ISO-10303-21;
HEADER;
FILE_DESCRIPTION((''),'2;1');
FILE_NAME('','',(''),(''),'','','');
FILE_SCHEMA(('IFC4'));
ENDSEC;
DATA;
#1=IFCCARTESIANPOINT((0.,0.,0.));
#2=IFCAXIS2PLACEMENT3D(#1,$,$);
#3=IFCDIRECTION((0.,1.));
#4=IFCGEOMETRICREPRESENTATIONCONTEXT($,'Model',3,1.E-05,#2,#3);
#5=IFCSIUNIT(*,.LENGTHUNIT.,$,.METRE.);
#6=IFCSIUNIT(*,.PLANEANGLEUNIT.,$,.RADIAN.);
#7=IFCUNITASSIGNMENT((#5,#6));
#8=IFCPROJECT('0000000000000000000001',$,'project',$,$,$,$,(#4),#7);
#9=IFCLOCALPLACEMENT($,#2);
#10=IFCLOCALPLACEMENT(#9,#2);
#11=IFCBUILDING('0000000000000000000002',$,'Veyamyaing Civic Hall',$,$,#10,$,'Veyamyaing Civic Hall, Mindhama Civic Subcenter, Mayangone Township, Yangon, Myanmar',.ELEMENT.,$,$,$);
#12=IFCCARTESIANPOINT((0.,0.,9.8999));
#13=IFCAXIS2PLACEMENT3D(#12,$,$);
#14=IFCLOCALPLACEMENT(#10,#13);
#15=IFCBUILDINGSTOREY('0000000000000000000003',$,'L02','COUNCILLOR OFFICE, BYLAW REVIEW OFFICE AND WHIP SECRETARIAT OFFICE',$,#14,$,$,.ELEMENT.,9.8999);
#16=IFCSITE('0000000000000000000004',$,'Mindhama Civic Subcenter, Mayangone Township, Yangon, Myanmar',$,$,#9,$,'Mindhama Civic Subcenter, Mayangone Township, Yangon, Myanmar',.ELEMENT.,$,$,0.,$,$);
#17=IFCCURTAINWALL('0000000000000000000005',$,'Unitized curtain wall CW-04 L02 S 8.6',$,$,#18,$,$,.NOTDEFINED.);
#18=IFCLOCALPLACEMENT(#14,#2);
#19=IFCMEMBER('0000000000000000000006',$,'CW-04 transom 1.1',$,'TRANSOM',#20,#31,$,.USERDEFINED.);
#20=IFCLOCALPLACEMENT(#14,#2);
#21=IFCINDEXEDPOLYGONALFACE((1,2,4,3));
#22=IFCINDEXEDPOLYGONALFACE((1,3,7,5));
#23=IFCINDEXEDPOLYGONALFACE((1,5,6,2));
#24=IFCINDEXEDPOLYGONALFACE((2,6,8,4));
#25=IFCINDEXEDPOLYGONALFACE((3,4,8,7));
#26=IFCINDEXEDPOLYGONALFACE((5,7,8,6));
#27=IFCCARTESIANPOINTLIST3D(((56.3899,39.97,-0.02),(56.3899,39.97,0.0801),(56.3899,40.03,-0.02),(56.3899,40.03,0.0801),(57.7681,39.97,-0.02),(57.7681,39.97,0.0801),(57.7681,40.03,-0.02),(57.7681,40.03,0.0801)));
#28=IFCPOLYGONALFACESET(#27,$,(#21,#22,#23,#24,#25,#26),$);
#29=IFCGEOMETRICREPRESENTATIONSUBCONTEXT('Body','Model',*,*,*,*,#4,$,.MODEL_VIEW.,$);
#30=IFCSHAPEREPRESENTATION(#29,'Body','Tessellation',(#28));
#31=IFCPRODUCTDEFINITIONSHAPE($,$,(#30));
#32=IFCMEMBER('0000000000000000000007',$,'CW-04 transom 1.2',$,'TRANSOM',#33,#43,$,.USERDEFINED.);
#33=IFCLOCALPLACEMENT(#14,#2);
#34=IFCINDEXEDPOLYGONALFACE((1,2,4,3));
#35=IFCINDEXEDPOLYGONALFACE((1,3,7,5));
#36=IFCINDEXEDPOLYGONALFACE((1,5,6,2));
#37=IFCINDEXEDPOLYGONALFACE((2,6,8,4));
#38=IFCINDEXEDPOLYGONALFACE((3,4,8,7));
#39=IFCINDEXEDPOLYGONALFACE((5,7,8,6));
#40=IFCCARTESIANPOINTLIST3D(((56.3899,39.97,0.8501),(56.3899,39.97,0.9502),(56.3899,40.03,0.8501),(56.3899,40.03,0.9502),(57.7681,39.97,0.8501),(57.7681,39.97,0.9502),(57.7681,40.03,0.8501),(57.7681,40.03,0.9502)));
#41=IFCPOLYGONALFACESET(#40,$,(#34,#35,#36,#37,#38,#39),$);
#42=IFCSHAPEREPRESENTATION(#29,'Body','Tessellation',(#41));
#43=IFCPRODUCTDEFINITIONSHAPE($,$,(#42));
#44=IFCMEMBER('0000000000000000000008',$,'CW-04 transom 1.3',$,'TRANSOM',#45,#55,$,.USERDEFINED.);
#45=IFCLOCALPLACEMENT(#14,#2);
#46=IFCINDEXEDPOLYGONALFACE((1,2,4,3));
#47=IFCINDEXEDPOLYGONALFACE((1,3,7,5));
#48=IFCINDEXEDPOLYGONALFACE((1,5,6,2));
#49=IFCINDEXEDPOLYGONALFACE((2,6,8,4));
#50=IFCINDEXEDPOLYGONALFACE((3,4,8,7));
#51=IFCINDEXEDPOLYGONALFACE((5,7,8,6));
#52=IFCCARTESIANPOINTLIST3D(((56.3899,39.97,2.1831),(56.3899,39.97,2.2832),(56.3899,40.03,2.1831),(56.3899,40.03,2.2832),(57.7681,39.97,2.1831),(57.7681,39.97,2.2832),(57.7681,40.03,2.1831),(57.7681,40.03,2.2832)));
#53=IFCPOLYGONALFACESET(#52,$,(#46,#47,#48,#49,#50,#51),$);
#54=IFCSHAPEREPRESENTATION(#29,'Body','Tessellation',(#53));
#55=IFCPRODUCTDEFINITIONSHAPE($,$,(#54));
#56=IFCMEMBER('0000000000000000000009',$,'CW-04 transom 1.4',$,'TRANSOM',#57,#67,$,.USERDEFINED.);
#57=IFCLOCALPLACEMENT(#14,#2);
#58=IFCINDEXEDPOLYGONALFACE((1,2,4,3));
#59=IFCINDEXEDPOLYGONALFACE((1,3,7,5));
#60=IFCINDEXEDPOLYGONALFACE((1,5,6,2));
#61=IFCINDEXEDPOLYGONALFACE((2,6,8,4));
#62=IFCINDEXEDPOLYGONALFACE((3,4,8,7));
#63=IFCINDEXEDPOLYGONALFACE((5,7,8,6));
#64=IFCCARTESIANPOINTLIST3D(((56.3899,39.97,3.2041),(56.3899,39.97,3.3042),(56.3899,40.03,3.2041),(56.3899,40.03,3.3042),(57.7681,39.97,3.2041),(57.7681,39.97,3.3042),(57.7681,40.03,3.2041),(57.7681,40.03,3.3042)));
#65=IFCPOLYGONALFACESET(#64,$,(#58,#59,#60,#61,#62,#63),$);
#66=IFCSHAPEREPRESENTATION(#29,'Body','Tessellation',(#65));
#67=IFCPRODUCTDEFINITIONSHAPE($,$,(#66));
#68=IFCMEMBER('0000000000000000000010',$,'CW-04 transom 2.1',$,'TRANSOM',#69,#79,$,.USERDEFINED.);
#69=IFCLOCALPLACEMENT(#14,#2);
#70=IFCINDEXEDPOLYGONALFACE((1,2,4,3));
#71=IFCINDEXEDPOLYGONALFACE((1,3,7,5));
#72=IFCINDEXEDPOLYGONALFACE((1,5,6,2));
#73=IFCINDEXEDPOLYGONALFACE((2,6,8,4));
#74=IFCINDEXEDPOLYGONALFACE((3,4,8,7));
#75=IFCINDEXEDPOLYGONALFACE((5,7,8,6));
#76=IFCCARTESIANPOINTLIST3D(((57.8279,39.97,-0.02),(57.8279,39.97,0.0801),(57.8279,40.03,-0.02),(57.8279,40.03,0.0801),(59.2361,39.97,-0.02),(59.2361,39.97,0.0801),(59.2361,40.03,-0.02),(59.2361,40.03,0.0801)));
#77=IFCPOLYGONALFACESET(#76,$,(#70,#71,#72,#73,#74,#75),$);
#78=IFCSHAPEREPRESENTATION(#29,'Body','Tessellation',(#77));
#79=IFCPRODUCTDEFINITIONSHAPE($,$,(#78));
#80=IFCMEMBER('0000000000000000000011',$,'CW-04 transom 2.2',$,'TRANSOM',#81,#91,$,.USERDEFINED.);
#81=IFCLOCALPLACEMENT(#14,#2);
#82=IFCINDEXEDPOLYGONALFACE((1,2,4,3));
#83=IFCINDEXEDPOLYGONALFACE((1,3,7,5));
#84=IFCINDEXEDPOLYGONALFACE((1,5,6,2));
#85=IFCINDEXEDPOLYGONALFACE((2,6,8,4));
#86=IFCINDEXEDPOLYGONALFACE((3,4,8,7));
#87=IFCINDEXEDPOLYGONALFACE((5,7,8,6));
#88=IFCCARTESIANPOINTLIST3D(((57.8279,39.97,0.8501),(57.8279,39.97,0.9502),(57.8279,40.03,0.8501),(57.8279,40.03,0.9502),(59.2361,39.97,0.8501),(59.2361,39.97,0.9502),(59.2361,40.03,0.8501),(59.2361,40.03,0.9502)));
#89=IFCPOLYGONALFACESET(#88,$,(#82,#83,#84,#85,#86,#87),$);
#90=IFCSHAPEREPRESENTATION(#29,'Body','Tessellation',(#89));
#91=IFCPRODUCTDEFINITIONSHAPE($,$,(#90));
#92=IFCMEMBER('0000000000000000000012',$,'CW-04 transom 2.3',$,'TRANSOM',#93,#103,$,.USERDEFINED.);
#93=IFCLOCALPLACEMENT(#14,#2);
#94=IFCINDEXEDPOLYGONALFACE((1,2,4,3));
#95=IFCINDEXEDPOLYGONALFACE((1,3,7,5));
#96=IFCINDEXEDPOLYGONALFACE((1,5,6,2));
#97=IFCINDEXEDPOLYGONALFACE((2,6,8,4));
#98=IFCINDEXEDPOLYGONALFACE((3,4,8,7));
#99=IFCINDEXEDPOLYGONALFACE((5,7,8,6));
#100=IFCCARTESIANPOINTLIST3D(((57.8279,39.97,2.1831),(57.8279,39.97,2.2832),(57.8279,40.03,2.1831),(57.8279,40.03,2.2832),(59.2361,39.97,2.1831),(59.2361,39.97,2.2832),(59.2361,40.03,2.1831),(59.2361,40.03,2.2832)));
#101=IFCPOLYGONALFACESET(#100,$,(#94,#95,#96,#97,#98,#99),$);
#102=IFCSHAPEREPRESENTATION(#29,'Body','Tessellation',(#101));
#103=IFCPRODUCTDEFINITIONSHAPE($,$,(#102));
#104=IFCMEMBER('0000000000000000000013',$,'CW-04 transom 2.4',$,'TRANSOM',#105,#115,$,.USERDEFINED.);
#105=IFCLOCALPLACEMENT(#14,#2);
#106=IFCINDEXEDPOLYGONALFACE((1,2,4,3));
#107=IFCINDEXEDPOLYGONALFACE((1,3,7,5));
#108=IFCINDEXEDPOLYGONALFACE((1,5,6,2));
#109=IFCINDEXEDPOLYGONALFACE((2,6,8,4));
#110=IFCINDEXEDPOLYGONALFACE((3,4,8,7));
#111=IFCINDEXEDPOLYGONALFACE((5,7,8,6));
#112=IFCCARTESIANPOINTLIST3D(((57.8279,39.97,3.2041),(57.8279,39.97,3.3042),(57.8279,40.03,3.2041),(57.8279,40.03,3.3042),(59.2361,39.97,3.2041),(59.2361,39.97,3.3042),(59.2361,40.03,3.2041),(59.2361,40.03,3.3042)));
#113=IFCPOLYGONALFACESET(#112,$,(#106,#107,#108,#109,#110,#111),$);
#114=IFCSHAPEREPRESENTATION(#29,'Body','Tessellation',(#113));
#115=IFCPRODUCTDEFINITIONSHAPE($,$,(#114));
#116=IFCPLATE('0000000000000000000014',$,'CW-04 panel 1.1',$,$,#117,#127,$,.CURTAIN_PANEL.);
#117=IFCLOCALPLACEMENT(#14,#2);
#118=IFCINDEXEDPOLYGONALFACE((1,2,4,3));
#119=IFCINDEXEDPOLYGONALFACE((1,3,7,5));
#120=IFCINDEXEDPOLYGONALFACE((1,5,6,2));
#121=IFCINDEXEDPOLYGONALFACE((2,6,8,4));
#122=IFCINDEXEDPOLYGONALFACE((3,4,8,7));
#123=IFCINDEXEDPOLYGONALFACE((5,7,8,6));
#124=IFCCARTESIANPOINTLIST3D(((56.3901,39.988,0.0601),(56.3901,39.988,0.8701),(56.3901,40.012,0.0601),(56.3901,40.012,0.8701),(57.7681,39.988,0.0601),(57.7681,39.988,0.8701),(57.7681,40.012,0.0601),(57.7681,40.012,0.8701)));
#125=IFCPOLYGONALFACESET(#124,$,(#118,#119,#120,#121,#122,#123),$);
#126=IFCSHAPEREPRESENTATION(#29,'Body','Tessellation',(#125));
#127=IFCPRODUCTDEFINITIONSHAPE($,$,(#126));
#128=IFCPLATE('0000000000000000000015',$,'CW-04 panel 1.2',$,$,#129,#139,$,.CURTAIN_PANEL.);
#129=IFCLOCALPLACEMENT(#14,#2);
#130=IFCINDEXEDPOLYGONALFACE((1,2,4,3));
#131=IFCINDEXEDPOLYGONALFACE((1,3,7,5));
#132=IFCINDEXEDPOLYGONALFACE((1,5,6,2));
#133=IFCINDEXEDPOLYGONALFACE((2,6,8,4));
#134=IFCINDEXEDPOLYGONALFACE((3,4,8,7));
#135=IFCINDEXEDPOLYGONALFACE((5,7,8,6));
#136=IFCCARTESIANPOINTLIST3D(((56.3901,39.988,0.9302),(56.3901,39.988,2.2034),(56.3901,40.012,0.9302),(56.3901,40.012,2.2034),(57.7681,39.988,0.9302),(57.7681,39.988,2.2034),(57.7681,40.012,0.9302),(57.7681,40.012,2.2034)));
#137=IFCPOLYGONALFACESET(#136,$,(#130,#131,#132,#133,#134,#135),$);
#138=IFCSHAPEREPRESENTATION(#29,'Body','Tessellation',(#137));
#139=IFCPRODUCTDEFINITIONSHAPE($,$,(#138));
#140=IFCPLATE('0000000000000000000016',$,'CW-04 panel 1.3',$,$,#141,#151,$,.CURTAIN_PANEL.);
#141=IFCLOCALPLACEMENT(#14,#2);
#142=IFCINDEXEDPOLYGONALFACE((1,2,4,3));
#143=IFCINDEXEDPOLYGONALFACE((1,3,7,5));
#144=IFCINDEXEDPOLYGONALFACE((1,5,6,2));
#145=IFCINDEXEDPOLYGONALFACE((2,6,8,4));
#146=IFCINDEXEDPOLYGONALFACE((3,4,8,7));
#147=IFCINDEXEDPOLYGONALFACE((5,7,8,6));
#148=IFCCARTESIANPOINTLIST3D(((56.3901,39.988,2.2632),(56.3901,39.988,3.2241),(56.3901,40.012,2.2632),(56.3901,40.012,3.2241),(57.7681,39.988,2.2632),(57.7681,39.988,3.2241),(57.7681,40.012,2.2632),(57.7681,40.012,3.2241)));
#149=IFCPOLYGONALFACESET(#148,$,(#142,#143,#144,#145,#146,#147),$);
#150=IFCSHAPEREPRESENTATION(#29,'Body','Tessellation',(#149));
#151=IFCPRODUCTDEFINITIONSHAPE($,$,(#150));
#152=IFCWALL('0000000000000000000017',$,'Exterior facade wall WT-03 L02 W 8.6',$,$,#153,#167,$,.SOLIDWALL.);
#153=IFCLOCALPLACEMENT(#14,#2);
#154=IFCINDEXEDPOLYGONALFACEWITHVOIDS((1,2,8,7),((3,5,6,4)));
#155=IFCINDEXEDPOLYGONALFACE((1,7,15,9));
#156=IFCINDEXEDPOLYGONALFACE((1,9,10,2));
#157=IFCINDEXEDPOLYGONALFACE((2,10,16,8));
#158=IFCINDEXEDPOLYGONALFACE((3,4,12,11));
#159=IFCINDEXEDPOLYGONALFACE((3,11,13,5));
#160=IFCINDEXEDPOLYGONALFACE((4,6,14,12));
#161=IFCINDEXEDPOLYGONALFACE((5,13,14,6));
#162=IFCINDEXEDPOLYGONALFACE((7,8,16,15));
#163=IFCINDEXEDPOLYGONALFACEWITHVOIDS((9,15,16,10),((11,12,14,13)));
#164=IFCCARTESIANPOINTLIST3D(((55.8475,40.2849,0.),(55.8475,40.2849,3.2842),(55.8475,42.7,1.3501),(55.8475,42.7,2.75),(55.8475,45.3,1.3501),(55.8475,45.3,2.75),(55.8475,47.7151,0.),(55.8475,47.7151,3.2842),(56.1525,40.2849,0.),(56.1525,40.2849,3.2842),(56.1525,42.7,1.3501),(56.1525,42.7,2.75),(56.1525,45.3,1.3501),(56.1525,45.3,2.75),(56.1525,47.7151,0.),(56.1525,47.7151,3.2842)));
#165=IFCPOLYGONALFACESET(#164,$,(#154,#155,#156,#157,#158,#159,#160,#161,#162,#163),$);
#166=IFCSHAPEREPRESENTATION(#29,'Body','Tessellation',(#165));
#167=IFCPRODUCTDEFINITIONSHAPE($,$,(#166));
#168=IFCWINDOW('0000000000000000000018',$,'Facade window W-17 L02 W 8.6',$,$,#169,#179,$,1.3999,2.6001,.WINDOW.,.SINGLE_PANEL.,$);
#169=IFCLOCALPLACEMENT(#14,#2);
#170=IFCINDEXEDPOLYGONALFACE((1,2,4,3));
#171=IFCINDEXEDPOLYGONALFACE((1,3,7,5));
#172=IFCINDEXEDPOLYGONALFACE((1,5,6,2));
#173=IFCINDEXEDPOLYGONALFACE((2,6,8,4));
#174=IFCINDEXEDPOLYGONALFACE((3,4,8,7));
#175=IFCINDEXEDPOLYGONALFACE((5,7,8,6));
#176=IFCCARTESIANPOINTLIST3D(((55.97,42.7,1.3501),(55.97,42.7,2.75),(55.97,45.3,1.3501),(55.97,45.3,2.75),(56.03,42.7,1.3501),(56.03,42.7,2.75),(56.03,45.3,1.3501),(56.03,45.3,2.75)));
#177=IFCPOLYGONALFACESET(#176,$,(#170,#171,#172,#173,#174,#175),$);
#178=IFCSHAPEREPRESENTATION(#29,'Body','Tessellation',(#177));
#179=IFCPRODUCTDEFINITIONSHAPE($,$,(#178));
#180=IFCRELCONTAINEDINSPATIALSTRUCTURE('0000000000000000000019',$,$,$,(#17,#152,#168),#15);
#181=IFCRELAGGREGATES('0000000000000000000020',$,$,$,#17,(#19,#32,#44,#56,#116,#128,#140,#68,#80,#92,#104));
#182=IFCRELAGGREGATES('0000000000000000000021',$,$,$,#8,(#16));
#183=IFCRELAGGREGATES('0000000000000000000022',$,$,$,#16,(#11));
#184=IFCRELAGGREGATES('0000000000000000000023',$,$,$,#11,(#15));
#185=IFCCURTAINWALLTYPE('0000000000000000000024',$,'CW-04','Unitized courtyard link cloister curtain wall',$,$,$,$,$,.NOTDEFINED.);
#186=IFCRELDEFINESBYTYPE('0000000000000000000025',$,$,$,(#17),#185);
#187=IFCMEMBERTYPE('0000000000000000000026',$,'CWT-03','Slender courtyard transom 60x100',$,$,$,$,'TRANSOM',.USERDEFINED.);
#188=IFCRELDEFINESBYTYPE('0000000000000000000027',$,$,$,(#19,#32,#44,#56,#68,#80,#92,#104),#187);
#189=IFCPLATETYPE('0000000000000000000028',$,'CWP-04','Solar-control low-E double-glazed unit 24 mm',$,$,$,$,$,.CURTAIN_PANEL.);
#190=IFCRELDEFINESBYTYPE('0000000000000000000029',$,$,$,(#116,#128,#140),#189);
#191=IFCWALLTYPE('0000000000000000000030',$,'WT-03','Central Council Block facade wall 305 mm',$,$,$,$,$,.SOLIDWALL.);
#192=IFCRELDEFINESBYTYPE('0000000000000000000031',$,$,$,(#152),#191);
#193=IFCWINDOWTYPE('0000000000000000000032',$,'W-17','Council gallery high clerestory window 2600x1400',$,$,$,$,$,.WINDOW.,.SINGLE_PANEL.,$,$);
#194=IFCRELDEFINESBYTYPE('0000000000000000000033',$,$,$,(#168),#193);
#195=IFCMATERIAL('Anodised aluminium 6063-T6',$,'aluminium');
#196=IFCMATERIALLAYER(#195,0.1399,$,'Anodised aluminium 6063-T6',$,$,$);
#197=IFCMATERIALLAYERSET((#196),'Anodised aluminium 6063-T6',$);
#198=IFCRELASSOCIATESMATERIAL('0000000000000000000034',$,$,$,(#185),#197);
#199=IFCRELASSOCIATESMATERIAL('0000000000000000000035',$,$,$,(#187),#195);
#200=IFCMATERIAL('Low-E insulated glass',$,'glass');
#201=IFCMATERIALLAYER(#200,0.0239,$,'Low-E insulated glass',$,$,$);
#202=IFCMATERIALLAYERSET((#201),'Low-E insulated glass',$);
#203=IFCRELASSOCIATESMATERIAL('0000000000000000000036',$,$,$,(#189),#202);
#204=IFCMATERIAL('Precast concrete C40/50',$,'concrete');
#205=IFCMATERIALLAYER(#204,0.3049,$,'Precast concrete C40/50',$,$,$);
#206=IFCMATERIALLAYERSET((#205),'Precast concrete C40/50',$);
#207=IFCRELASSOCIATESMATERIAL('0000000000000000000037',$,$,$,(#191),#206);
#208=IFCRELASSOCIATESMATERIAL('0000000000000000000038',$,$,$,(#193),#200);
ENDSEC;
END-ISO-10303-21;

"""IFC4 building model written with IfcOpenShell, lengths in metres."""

from ifc_helpers import new_model, si_unit, direction, frame, frame_2d, origin, origin_2d, place, context, subcontext, project, spatial, rectangle, extrude, material, layer, layer_set, material_profile, profile_set, type_object, element, fill, aggregate, save


model = new_model("IFC4")

# Units and contexts
model_context = context("Model", 3, precision=1e-05, world=origin(), true_north=direction((0.0, 1.0)))
body_context = subcontext(model_context, "Body", "Model", "MODEL_VIEW")
ifc_project = project(units=[si_unit("LENGTHUNIT", "METRE"), si_unit("PLANEANGLEUNIT", "RADIAN")], contexts=[model_context])

# Site, building, storey
site_placement = place(None, origin())
site = spatial("IfcSite", under=ifc_project, at=site_placement, Name="Mindhama Civic Subcenter, Mayangone Township, Yangon, Myanmar", LongName="Mindhama Civic Subcenter, Mayangone Township, Yangon, Myanmar", CompositionType="ELEMENT", RefElevation=0.0)
building_placement = place(site_placement, origin())
building = spatial("IfcBuilding", under=site, at=building_placement, Name="Veyamyaing Civic Hall", LongName="Veyamyaing Civic Hall, Mindhama Civic Subcenter, Mayangone Township, Yangon, Myanmar", CompositionType="ELEMENT")
storey_placement = place(building_placement, frame((0.0, 0.0, 9.8999)))
storey = spatial("IfcBuildingStorey", under=building, at=storey_placement, Name="L02", Description="COUNCILLOR OFFICE, BYLAW REVIEW OFFICE AND WHIP SECRETARIAT OFFICE", CompositionType="ELEMENT", Elevation=9.8999)

# Curtain wall, members, plates
ifc_material_1 = material(Name="Anodised aluminium 6063-T6", Category="aluminium")
ifc_layer_1 = layer(ifc_material_1, 0.1399, Name="Anodised aluminium 6063-T6")
ifc_layer_set_1 = layer_set([ifc_layer_1], Name="Anodised aluminium 6063-T6")
curtain_wall_type = type_object("IfcCurtainWallType", Name="CW-04", Description="Unitized courtyard link cloister curtain wall", PredefinedType="NOTDEFINED", material=ifc_layer_set_1)
curtain_wall_placement = place(storey_placement, origin())
curtain_wall = element("IfcCurtainWall", 1, at=curtain_wall_placement, inside=storey, type_object=curtain_wall_type, Name="Unitized curtain wall CW-04 L02 S 8.6", PredefinedType="NOTDEFINED")
ifc_material_profile_1 = material_profile(ifc_material_1, rectangle(XDim=0.0601, YDim=0.1001, at=origin_2d()), Name="ALU-TRN-60X100")
ifc_profile_set_1 = profile_set([ifc_material_profile_1], Name="Anodised aluminium 6063-T6")
member_type_1 = type_object("IfcMemberType", Name="CWT-03", Description="Slender courtyard transom 60x100", ElementType="TRANSOM", PredefinedType="USERDEFINED", material=ifc_profile_set_1)
member_1_placement = place(storey_placement, frame((56.3899, 40.0, 0.03), z_axis=(1.0, 0.0, 0.0), x_axis=(0.0, 1.0, 0.0)))
member_1 = element("IfcMember", 2, at=member_1_placement, type_object=member_type_1, Name="CW-04 transom 1.1", ObjectType="TRANSOM", PredefinedType="USERDEFINED", context=body_context, shape_type="SweptSolid", body=[
    extrude(rectangle(XDim=0.0601, YDim=0.1001, at=origin_2d()), origin(), (0.0, 0.0, 1.0), 1.3782),
])
member_2_placement = place(storey_placement, frame((56.3899, 40.0, 0.9001), z_axis=(1.0, 0.0, 0.0), x_axis=(0.0, 1.0, 0.0)))
member_2 = element("IfcMember", 3, at=member_2_placement, type_object=member_type_1, Name="CW-04 transom 1.2", ObjectType="TRANSOM", PredefinedType="USERDEFINED", context=body_context, shape_type="SweptSolid", body=[
    extrude(rectangle(XDim=0.0601, YDim=0.1001, at=origin_2d()), origin(), (0.0, 0.0, 1.0), 1.3782),
])
member_3_placement = place(storey_placement, frame((56.3899, 40.0, 2.2332), z_axis=(1.0, 0.0, 0.0), x_axis=(0.0, 1.0, 0.0)))
member_3 = element("IfcMember", 4, at=member_3_placement, type_object=member_type_1, Name="CW-04 transom 1.3", ObjectType="TRANSOM", PredefinedType="USERDEFINED", context=body_context, shape_type="SweptSolid", body=[
    extrude(rectangle(XDim=0.0601, YDim=0.1001, at=origin_2d()), origin(), (0.0, 0.0, 1.0), 1.3782),
])
member_4_placement = place(storey_placement, frame((56.3899, 40.0, 3.2542), z_axis=(1.0, 0.0, 0.0), x_axis=(0.0, 1.0, 0.0)))
member_4 = element("IfcMember", 5, at=member_4_placement, type_object=member_type_1, Name="CW-04 transom 1.4", ObjectType="TRANSOM", PredefinedType="USERDEFINED", context=body_context, shape_type="SweptSolid", body=[
    extrude(rectangle(XDim=0.0601, YDim=0.1001, at=origin_2d()), origin(), (0.0, 0.0, 1.0), 1.3782),
])
member_5_placement = place(storey_placement, frame((57.8279, 40.0, 0.03), z_axis=(1.0, 0.0, 0.0), x_axis=(0.0, 1.0, 0.0)))
member_5 = element("IfcMember", 6, at=member_5_placement, type_object=member_type_1, Name="CW-04 transom 2.1", ObjectType="TRANSOM", PredefinedType="USERDEFINED", context=body_context, shape_type="SweptSolid", body=[
    extrude(rectangle(XDim=0.0601, YDim=0.1001, at=origin_2d()), origin(), (0.0, 0.0, 1.0), 1.4082),
])
member_6_placement = place(storey_placement, frame((57.8279, 40.0, 0.9001), z_axis=(1.0, 0.0, 0.0), x_axis=(0.0, 1.0, 0.0)))
member_6 = element("IfcMember", 7, at=member_6_placement, type_object=member_type_1, Name="CW-04 transom 2.2", ObjectType="TRANSOM", PredefinedType="USERDEFINED", context=body_context, shape_type="SweptSolid", body=[
    extrude(rectangle(XDim=0.0601, YDim=0.1001, at=origin_2d()), origin(), (0.0, 0.0, 1.0), 1.4082),
])
member_7_placement = place(storey_placement, frame((57.8279, 40.0, 2.2332), z_axis=(1.0, 0.0, 0.0), x_axis=(0.0, 1.0, 0.0)))
member_7 = element("IfcMember", 8, at=member_7_placement, type_object=member_type_1, Name="CW-04 transom 2.3", ObjectType="TRANSOM", PredefinedType="USERDEFINED", context=body_context, shape_type="SweptSolid", body=[
    extrude(rectangle(XDim=0.0601, YDim=0.1001, at=origin_2d()), origin(), (0.0, 0.0, 1.0), 1.4082),
])
member_8_placement = place(storey_placement, frame((57.8279, 40.0, 3.2542), z_axis=(1.0, 0.0, 0.0), x_axis=(0.0, 1.0, 0.0)))
member_8 = element("IfcMember", 9, at=member_8_placement, type_object=member_type_1, Name="CW-04 transom 2.4", ObjectType="TRANSOM", PredefinedType="USERDEFINED", context=body_context, shape_type="SweptSolid", body=[
    extrude(rectangle(XDim=0.0601, YDim=0.1001, at=origin_2d()), origin(), (0.0, 0.0, 1.0), 1.4082),
])
ifc_material_2 = material(Name="Low-E insulated glass", Category="glass")
ifc_layer_2 = layer(ifc_material_2, 0.0239, Name="Low-E insulated glass")
ifc_layer_set_2 = layer_set([ifc_layer_2], Name="Low-E insulated glass")
plate_type = type_object("IfcPlateType", Name="CWP-04", Description="Solar-control low-E double-glazed unit 24 mm", PredefinedType="CURTAIN_PANEL", material=ifc_layer_set_2)
plate_1_placement = place(storey_placement, frame((57.0791, 40.0, 0.0601), z_axis=(0.0, 0.0, 1.0), x_axis=(1.0, 0.0, 0.0)))
plate_1 = element("IfcPlate", 10, at=plate_1_placement, type_object=plate_type, Name="CW-04 panel 1.1", PredefinedType="CURTAIN_PANEL", context=body_context, shape_type="SweptSolid", body=[
    extrude(rectangle(XDim=1.3779, YDim=0.0239, at=origin_2d()), origin(), (0.0, 0.0, 1.0), 0.8101),
])
plate_2_placement = place(storey_placement, frame((57.0791, 40.0, 0.9302), z_axis=(0.0, 0.0, 1.0), x_axis=(1.0, 0.0, 0.0)))
plate_2 = element("IfcPlate", 11, at=plate_2_placement, type_object=plate_type, Name="CW-04 panel 1.2", PredefinedType="CURTAIN_PANEL", context=body_context, shape_type="SweptSolid", body=[
    extrude(rectangle(XDim=1.3779, YDim=0.0239, at=origin_2d()), origin(), (0.0, 0.0, 1.0), 1.2732),
])
plate_3_placement = place(storey_placement, frame((57.0791, 40.0, 2.2632), z_axis=(0.0, 0.0, 1.0), x_axis=(1.0, 0.0, 0.0)))
plate_3 = element("IfcPlate", 12, at=plate_3_placement, type_object=plate_type, Name="CW-04 panel 1.3", PredefinedType="CURTAIN_PANEL", context=body_context, shape_type="SweptSolid", body=[
    extrude(rectangle(XDim=1.3779, YDim=0.0239, at=origin_2d()), origin(), (0.0, 0.0, 1.0), 0.9609),
])
aggregate(curtain_wall, [member_1, member_2, member_3, member_4, plate_1, plate_2, plate_3, member_5, member_6, member_7, member_8])

# Wall, opening, window
ifc_material_3 = material(Name="Precast concrete C40/50", Category="concrete")
ifc_layer_3 = layer(ifc_material_3, 0.3049, Name="Precast concrete C40/50")
ifc_layer_set_3 = layer_set([ifc_layer_3], Name="Precast concrete C40/50")
wall_type = type_object("IfcWallType", Name="WT-03", Description="Central Council Block facade wall 305 mm", PredefinedType="SOLIDWALL", material=ifc_layer_set_3)
wall_placement = place(storey_placement, frame((56.0, 40.2849, 0.0), z_axis=(0.0, 0.0, 1.0), x_axis=(0.0, 1.0, 0.0)))
wall = element("IfcWall", 13, at=wall_placement, inside=storey, type_object=wall_type, Name="Exterior facade wall WT-03 L02 W 8.6", PredefinedType="SOLIDWALL", context=body_context, shape_type="SweptSolid", body=[
    extrude(rectangle(XDim=7.4302, YDim=0.3049, at=frame_2d((3.7151, 0.0))), origin(), (0.0, 0.0, 1.0), 3.2842),
])
opening_placement = place(wall_placement, frame((2.415, 0.0, 1.3501)))
opening = element("IfcOpeningElement", 14, at=opening_placement, cuts=wall, PredefinedType="OPENING", context=body_context, shape_type="SweptSolid", body=[
    extrude(rectangle(XDim=2.6001, YDim=1.3999, at=frame_2d((1.3, 0.7))), frame((0.0, 0.1624, 0.0), z_axis=(0.0, -1.0, 0.0), x_axis=(1.0, 0.0, 0.0)), (0.0, 0.0, 1.0), 0.325),
])
window_type = type_object("IfcWindowType", Name="W-17", Description="Council gallery high clerestory window 2600x1400", PartitioningType="SINGLE_PANEL", PredefinedType="WINDOW", material=ifc_material_2)
window_placement = place(opening_placement, origin())
window = element("IfcWindow", 15, at=window_placement, inside=storey, type_object=window_type, Name="Facade window W-17 L02 W 8.6", OverallHeight=1.3999, OverallWidth=2.6001, PartitioningType="SINGLE_PANEL", PredefinedType="WINDOW", context=body_context, shape_type="SweptSolid", body=[
    extrude(rectangle(XDim=2.6001, YDim=1.3999, at=frame_2d((1.3, 0.7))), frame((0.0, 0.03, 0.0), z_axis=(0.0, -1.0, 0.0), x_axis=(1.0, 0.0, 0.0)), (0.0, 0.0, 1.0), 0.0601),
])
fill(opening, window)

save(model, "model.ifc")
